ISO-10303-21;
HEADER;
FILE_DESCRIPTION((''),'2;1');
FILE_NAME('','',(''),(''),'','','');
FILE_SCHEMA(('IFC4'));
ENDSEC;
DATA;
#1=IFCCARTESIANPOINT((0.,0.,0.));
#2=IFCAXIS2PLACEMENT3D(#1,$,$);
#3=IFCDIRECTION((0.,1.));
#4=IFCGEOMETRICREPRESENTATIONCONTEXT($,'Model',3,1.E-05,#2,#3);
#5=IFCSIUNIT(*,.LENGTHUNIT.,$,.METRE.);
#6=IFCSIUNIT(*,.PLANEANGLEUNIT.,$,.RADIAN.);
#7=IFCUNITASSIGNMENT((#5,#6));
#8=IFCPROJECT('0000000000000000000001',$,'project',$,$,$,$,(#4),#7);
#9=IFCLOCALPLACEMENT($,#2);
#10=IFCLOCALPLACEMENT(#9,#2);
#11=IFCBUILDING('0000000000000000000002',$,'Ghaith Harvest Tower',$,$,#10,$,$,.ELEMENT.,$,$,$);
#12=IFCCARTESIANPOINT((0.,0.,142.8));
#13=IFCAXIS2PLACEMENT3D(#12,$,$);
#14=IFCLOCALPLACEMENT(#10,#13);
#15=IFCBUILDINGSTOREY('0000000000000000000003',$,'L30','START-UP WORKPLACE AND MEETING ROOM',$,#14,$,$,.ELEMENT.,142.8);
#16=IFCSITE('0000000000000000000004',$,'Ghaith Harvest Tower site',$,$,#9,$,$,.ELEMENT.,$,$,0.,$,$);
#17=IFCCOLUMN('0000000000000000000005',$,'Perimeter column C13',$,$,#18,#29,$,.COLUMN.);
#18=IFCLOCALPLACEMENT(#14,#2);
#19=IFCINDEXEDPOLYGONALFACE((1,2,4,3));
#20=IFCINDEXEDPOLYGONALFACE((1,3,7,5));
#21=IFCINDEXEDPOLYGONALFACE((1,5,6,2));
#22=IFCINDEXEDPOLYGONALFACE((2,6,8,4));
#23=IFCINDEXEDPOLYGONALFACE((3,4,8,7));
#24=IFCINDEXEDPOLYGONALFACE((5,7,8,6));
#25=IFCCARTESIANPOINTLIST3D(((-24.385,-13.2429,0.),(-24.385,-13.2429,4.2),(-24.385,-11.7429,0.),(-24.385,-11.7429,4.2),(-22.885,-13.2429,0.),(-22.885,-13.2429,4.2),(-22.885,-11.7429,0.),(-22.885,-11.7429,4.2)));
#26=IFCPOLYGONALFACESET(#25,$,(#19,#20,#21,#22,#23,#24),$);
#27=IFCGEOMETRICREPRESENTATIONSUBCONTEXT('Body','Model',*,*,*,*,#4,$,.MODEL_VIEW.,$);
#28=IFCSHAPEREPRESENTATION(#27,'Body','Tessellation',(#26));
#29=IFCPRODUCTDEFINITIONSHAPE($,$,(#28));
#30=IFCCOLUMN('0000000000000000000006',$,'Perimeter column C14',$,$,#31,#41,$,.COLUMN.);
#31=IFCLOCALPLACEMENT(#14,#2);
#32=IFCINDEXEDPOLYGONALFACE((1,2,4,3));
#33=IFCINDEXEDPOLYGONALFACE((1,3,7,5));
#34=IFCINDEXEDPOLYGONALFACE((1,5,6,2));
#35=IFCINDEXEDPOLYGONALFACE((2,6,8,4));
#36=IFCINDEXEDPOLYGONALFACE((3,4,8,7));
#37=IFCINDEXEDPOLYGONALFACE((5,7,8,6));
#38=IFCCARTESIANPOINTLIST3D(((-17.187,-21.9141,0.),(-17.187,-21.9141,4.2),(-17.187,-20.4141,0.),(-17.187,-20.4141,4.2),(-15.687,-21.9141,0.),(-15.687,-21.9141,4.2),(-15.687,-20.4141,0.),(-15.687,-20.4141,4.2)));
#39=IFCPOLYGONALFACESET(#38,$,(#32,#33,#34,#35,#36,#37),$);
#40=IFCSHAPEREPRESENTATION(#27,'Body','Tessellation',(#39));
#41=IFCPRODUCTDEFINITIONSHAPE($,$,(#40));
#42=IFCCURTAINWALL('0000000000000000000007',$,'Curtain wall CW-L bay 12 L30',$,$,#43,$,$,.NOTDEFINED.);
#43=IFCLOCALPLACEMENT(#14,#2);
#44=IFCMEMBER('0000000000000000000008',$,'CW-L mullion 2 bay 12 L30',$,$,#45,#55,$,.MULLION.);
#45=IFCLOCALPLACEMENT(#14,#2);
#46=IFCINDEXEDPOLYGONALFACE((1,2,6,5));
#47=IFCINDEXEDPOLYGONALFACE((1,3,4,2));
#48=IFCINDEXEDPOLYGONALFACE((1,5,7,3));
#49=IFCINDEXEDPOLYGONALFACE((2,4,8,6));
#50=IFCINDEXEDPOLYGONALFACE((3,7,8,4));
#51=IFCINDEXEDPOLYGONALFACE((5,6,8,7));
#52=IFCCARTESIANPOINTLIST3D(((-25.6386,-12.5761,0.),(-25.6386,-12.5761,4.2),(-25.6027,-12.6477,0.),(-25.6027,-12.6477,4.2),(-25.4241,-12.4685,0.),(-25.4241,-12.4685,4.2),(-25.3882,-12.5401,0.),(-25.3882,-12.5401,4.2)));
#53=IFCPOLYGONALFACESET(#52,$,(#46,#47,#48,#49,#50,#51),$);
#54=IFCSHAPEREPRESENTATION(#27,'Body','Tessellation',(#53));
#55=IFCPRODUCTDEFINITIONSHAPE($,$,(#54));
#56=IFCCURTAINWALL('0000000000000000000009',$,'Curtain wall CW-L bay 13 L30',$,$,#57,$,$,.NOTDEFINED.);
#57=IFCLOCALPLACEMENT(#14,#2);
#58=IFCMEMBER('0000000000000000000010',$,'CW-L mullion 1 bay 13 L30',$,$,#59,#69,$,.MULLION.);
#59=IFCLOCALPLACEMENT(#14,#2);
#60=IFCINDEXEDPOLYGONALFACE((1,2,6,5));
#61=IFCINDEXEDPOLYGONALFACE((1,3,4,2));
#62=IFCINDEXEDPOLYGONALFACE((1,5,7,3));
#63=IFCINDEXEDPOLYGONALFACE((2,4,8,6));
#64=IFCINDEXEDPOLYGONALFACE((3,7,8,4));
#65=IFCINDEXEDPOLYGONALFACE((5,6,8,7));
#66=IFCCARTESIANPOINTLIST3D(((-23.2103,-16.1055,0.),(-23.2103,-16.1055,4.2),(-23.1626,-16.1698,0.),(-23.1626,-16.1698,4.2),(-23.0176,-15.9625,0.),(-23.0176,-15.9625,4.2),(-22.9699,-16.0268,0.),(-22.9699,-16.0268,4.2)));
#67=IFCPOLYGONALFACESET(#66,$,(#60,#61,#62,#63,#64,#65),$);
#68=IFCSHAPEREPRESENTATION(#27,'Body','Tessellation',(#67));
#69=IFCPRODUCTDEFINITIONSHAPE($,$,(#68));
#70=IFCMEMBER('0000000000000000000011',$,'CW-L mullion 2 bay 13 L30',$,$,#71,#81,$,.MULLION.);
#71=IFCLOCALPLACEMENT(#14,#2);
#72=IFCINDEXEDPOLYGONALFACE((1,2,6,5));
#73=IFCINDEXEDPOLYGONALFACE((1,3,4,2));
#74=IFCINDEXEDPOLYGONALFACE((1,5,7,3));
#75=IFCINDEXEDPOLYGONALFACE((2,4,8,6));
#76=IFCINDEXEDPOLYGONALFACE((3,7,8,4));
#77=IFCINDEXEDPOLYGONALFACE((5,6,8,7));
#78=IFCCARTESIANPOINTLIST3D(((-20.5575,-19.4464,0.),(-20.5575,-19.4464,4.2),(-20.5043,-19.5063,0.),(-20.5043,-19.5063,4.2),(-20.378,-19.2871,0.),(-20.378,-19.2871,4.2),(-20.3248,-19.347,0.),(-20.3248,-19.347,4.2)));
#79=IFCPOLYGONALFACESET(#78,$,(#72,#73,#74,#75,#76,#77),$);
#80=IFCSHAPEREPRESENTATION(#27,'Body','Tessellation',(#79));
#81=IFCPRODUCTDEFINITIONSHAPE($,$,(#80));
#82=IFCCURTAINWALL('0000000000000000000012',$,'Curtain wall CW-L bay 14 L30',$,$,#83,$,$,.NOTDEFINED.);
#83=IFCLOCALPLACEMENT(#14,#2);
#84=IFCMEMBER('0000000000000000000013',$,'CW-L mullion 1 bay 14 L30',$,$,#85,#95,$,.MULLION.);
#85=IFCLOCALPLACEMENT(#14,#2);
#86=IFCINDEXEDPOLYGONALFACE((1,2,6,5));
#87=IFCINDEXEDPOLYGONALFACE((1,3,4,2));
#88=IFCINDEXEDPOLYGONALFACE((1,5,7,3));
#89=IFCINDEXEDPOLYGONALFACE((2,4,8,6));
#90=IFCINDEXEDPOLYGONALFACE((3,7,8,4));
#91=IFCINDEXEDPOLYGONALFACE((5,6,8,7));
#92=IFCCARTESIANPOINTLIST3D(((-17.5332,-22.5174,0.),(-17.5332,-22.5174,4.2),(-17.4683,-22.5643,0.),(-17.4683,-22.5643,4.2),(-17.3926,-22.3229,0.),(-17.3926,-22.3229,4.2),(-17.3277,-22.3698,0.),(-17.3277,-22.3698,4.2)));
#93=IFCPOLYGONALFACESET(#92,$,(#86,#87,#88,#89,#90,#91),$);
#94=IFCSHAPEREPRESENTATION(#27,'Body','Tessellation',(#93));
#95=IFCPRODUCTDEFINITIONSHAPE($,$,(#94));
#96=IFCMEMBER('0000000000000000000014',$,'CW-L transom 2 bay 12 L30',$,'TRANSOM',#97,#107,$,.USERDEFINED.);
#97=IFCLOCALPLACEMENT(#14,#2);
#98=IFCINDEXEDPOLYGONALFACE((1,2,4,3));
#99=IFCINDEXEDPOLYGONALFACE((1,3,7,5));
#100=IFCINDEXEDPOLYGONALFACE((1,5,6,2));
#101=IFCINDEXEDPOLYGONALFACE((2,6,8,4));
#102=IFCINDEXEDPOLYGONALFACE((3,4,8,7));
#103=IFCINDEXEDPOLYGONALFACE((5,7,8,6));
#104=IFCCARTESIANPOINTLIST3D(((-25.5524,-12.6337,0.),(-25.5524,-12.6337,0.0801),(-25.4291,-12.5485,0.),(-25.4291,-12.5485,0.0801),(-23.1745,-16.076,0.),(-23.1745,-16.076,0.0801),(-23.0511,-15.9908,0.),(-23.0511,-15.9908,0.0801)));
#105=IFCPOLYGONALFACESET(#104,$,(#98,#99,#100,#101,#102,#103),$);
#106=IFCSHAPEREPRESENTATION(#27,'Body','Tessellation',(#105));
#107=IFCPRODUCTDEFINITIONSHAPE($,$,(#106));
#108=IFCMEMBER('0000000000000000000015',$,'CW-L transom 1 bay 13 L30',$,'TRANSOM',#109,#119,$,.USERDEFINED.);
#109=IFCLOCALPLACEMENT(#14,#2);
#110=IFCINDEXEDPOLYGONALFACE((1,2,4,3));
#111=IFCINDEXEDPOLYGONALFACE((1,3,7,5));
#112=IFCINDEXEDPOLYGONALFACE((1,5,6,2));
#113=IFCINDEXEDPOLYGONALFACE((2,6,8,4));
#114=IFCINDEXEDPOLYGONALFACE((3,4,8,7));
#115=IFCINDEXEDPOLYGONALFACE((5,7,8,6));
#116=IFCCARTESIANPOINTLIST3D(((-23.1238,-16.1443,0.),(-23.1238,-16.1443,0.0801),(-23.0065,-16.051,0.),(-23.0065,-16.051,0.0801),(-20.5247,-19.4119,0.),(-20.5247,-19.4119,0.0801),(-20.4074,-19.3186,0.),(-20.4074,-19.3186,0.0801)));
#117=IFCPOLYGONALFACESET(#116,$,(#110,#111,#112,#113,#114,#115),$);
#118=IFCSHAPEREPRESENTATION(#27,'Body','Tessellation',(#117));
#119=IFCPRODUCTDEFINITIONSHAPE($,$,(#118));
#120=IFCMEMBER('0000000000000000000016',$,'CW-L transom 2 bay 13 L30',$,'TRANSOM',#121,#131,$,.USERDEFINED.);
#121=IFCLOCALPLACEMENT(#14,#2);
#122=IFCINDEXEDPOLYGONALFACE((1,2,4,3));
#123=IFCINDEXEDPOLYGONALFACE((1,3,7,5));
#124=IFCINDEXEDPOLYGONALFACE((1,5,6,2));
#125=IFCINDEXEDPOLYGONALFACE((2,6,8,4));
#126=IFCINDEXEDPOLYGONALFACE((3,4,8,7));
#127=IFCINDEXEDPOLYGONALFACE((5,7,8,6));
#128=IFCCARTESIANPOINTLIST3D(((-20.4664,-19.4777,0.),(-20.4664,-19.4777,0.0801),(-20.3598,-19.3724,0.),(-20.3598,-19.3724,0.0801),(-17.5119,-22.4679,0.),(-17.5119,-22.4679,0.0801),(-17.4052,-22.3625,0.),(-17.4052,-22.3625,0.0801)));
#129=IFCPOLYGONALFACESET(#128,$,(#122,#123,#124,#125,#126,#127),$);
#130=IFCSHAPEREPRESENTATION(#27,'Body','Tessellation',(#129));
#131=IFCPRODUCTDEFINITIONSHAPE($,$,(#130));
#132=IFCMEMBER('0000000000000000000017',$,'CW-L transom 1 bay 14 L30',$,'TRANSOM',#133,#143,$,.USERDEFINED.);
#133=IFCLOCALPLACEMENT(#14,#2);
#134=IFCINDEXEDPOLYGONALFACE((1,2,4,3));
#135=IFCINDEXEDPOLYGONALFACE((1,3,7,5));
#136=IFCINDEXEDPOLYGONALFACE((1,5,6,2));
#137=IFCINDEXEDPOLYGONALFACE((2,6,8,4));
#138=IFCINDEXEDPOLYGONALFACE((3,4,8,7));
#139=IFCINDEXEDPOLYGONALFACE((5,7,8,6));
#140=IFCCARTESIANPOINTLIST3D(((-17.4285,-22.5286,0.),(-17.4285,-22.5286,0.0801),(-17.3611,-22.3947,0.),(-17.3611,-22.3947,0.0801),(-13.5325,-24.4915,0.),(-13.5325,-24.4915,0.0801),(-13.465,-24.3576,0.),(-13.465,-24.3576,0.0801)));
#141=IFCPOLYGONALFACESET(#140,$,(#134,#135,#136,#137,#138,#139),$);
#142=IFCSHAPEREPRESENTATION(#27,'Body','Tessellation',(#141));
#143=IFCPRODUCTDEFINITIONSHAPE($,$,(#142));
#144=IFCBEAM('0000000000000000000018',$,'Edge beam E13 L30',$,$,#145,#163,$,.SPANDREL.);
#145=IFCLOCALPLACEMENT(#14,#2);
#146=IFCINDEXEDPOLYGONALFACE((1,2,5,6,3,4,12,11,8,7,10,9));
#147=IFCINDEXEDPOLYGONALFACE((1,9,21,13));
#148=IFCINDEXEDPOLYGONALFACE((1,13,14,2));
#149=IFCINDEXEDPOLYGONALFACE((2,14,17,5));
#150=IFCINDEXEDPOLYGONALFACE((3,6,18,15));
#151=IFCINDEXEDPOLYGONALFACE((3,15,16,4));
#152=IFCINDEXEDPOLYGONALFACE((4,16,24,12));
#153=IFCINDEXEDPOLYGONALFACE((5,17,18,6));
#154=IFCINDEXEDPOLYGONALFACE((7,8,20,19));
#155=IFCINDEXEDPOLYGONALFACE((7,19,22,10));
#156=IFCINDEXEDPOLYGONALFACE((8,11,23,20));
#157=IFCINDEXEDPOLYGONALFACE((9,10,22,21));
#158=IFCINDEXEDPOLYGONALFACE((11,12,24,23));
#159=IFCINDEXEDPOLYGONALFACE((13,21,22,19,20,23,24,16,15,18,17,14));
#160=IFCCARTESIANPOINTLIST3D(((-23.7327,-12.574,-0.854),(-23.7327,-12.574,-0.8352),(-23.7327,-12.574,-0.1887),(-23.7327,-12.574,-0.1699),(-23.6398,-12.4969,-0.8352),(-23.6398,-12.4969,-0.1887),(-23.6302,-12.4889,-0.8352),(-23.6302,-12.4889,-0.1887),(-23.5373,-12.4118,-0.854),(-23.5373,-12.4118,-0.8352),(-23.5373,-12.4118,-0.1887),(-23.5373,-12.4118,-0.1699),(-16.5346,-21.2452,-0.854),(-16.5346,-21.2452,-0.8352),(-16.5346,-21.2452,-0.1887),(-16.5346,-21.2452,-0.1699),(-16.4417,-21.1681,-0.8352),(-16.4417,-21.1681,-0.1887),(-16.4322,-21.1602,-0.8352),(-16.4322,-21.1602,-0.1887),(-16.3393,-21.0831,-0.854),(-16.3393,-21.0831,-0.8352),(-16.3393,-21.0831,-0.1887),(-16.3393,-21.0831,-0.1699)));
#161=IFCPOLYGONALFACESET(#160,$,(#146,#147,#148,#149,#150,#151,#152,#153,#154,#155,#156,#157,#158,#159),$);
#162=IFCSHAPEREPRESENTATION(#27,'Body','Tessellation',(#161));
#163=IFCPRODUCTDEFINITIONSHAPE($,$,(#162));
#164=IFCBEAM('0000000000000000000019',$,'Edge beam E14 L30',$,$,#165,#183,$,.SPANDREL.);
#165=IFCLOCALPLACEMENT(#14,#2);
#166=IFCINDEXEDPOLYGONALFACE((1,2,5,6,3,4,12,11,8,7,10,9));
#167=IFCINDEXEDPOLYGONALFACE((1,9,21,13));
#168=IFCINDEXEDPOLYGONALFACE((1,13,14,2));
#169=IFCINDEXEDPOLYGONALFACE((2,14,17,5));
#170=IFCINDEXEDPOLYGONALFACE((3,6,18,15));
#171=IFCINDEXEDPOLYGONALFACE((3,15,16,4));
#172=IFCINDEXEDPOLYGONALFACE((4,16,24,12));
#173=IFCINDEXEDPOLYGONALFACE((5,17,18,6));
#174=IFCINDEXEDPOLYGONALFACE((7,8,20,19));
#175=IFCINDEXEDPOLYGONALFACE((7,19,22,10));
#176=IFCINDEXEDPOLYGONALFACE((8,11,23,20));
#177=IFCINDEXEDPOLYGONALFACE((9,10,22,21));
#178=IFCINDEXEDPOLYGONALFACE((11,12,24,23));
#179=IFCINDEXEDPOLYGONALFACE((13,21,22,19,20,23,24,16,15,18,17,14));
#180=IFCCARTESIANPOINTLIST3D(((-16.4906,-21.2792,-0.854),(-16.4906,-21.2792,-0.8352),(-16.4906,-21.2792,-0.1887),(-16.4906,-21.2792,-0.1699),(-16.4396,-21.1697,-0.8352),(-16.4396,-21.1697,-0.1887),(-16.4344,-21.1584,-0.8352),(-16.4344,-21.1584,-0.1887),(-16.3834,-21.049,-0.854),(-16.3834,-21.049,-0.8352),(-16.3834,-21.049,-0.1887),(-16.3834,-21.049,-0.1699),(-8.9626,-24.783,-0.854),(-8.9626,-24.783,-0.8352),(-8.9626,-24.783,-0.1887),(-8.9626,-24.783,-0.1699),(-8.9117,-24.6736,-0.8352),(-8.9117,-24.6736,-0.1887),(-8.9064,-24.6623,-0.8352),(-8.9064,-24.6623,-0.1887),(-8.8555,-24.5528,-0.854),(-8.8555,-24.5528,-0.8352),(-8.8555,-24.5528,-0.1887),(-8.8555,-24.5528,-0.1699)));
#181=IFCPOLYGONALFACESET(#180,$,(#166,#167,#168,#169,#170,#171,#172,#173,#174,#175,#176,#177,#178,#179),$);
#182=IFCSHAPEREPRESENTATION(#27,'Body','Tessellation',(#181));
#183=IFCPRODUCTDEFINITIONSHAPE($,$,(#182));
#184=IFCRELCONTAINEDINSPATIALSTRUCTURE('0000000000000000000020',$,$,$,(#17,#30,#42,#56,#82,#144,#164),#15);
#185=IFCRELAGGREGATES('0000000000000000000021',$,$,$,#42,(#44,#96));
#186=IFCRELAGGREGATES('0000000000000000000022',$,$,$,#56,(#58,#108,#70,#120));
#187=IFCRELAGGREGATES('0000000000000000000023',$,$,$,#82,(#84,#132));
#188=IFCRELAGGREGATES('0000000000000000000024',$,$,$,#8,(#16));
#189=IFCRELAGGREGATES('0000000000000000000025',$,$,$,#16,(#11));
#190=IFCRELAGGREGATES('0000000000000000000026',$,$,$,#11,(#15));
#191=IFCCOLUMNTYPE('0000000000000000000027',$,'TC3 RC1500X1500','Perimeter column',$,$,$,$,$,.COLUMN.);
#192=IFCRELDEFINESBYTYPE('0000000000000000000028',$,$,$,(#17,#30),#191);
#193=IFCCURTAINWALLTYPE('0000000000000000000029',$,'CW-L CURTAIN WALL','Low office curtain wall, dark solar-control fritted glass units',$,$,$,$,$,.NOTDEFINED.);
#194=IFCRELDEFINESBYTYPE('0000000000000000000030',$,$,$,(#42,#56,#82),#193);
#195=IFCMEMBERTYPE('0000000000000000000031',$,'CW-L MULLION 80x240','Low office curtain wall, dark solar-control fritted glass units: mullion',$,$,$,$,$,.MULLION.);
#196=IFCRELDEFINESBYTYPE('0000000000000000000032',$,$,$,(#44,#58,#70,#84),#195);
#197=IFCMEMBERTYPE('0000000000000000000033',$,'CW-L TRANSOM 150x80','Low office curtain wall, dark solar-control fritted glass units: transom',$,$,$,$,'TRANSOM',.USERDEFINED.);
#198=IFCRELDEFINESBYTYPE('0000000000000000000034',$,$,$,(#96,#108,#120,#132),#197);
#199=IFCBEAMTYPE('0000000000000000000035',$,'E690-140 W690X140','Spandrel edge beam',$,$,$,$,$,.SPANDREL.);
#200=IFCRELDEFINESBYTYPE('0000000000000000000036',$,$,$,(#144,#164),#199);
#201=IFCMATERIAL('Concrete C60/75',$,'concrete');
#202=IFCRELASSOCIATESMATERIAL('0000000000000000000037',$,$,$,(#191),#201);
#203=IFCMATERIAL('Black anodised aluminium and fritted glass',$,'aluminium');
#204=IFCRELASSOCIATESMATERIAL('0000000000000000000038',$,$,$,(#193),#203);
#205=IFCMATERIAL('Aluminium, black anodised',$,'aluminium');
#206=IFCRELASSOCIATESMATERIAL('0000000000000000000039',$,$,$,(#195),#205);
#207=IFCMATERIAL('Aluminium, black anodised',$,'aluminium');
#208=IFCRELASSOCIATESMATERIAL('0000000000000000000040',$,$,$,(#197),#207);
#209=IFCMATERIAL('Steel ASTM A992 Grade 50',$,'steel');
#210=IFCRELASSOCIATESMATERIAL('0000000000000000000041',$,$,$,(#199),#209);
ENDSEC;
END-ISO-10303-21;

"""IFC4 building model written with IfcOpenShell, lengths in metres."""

from ifc_helpers import new_model, si_unit, direction, frame, origin, origin_2d, place, context, subcontext, project, spatial, rectangle, i_section, extrude, material, material_profile, profile_set, type_object, element, aggregate, save


model = new_model("IFC4")

# Units and contexts
model_context = context("Model", 3, precision=1e-05, world=origin(), true_north=direction((0.0, 1.0)))
body_context = subcontext(model_context, "Body", "Model", "MODEL_VIEW")
ifc_project = project(units=[si_unit("LENGTHUNIT", "METRE"), si_unit("PLANEANGLEUNIT", "RADIAN")], contexts=[model_context])

# Site, building, storey
site_placement = place(None, origin())
site = spatial("IfcSite", under=ifc_project, at=site_placement, Name="Ghaith Harvest Tower site", CompositionType="ELEMENT", RefElevation=0.0)
building_placement = place(site_placement, origin())
building = spatial("IfcBuilding", under=site, at=building_placement, Name="Ghaith Harvest Tower", CompositionType="ELEMENT")
storey_placement = place(building_placement, frame((0.0, 0.0, 142.8)))
storey = spatial("IfcBuildingStorey", under=building, at=storey_placement, Name="L30", Description="START-UP WORKPLACE AND MEETING ROOM", CompositionType="ELEMENT", Elevation=142.8)

# Columns
ifc_material_1 = material(Name="Concrete C60/75", Category="concrete")
ifc_material_profile_1 = material_profile(ifc_material_1, rectangle(XDim=1.5, YDim=1.5, at=origin_2d()), Name="RC1500X1500")
ifc_profile_set_1 = profile_set([ifc_material_profile_1], Name="Concrete C60/75")
column_type = type_object("IfcColumnType", Name="TC3 RC1500X1500", Description="Perimeter column", PredefinedType="COLUMN", material=ifc_profile_set_1)
for number, where, z_axis, x_axis, name in (
    (1, (-23.635, -12.4929, 0.0), (0.0, 0.0, 1.0), (1.0, 0.0, 0.0), "Perimeter column C13"),
    (2, (-16.437, -21.1641, 0.0), (0.0, 0.0, 1.0), (1.0, 0.0, 0.0), "Perimeter column C14"),
):
    element("IfcColumn", number, at=place(storey_placement, frame(where, z_axis=z_axis, x_axis=x_axis)), inside=storey, type_object=column_type, Name=name, PredefinedType="COLUMN", context=body_context, shape_type="SweptSolid", body=[
        extrude(rectangle(XDim=1.5, YDim=1.5, at=origin_2d()), origin(), (0.0, 0.0, 1.0), 4.2),
    ])

# Curtain wall, member
ifc_material_2 = material(Name="Black anodised aluminium and fritted glass", Category="aluminium")
curtain_wall_type = type_object("IfcCurtainWallType", Name="CW-L CURTAIN WALL", Description="Low office curtain wall, dark solar-control fritted glass units", PredefinedType="NOTDEFINED", material=ifc_material_2)
curtain_wall_1_placement = place(storey_placement, origin())
curtain_wall_1 = element("IfcCurtainWall", 3, at=curtain_wall_1_placement, inside=storey, type_object=curtain_wall_type, Name="Curtain wall CW-L bay 12 L30", PredefinedType="NOTDEFINED")
ifc_material_3 = material(Name="Aluminium, black anodised", Category="aluminium")
ifc_material_profile_2 = material_profile(ifc_material_3, rectangle(XDim=0.0801, YDim=0.24, at=origin_2d()), Name="CW-L MULLION 80x240")
ifc_profile_set_2 = profile_set([ifc_material_profile_2], Name="Aluminium, black anodised")
member_type_1 = type_object("IfcMemberType", Name="CW-L MULLION 80x240", Description="Low office curtain wall, dark solar-control fritted glass units: mullion", PredefinedType="MULLION", material=ifc_profile_set_2)
member_1_placement = place(storey_placement, frame((-25.5134, -12.5581, 0.0), z_axis=(0.0, 0.0, 1.0), x_axis=(0.448267, -0.8939, 0.0)))
member_1 = element("IfcMember", 4, at=member_1_placement, type_object=member_type_1, Name="CW-L mullion 2 bay 12 L30", PredefinedType="MULLION", context=body_context, shape_type="SweptSolid", body=[
    extrude(rectangle(XDim=0.0801, YDim=0.24, at=origin_2d()), origin(), (0.0, 0.0, 1.0), 4.2),
])

# Curtain wall, members
curtain_wall_2_placement = place(storey_placement, origin())
curtain_wall_2 = element("IfcCurtainWall", 5, at=curtain_wall_2_placement, inside=storey, type_object=curtain_wall_type, Name="Curtain wall CW-L bay 13 L30", PredefinedType="NOTDEFINED")
member_2_placement = place(storey_placement, frame((-23.0901, -16.0662, 0.0), z_axis=(0.0, 0.0, 1.0), x_axis=(0.59574, -0.803177, 0.0)))
member_2 = element("IfcMember", 6, at=member_2_placement, type_object=member_type_1, Name="CW-L mullion 1 bay 13 L30", PredefinedType="MULLION", context=body_context, shape_type="SweptSolid", body=[
    extrude(rectangle(XDim=0.0801, YDim=0.24, at=origin_2d()), origin(), (0.0, 0.0, 1.0), 4.2),
])
member_3_placement = place(storey_placement, frame((-20.4412, -19.3967, 0.0), z_axis=(0.0, 0.0, 1.0), x_axis=(0.663765, -0.747941, 0.0)))
member_3 = element("IfcMember", 7, at=member_3_placement, type_object=member_type_1, Name="CW-L mullion 2 bay 13 L30", PredefinedType="MULLION", context=body_context, shape_type="SweptSolid", body=[
    extrude(rectangle(XDim=0.0801, YDim=0.24, at=origin_2d()), origin(), (0.0, 0.0, 1.0), 4.2),
])

# Curtain wall, member
curtain_wall_3_placement = place(storey_placement, origin())
curtain_wall_3 = element("IfcCurtainWall", 8, at=curtain_wall_3_placement, inside=storey, type_object=curtain_wall_type, Name="Curtain wall CW-L bay 14 L30", PredefinedType="NOTDEFINED")
member_4_placement = place(storey_placement, frame((-17.4304, -22.4436, 0.0), z_axis=(0.0, 0.0, 1.0), x_axis=(0.810339, -0.585961, 0.0)))
member_4 = element("IfcMember", 9, at=member_4_placement, type_object=member_type_1, Name="CW-L mullion 1 bay 14 L30", PredefinedType="MULLION", context=body_context, shape_type="SweptSolid", body=[
    extrude(rectangle(XDim=0.0801, YDim=0.24, at=origin_2d()), origin(), (0.0, 0.0, 1.0), 4.2),
])

# Members
ifc_material_4 = material(Name="Aluminium, black anodised", Category="aluminium")
ifc_material_profile_3 = material_profile(ifc_material_4, rectangle(XDim=0.1499, YDim=0.0801, at=origin_2d()), Name="CW-L TRANSOM 150x80")
ifc_profile_set_3 = profile_set([ifc_material_profile_3], Name="Aluminium, black anodised")
member_type_2 = type_object("IfcMemberType", Name="CW-L TRANSOM 150x80", Description="Low office curtain wall, dark solar-control fritted glass units: transom", ElementType="TRANSOM", PredefinedType="USERDEFINED", material=ifc_profile_set_3)
member_5_placement = place(storey_placement, frame((-25.4907, -12.5911, 0.04), z_axis=(0.56836, -0.82278, 0.0), x_axis=(0.82278, 0.56836, 0.0)))
member_5 = element("IfcMember", 10, at=member_5_placement, type_object=member_type_2, Name="CW-L transom 2 bay 12 L30", ObjectType="TRANSOM", PredefinedType="USERDEFINED", context=body_context, shape_type="SweptSolid", body=[
    extrude(rectangle(XDim=0.1499, YDim=0.0801, at=origin_2d()), origin(), (0.0, 0.0, 1.0), 4.1838),
])
member_6_placement = place(storey_placement, frame((-23.0652, -16.0977, 0.04), z_axis=(0.622511, -0.782611, 0.0), x_axis=(0.782611, 0.622511, 0.0)))
member_6 = element("IfcMember", 11, at=member_6_placement, type_object=member_type_2, Name="CW-L transom 1 bay 13 L30", ObjectType="TRANSOM", PredefinedType="USERDEFINED", context=body_context, shape_type="SweptSolid", body=[
    extrude(rectangle(XDim=0.1499, YDim=0.0801, at=origin_2d()), origin(), (0.0, 0.0, 1.0), 4.1753),
])
member_7_placement = place(storey_placement, frame((-20.4131, -19.425, 0.04), z_axis=(0.702854, -0.711334, 0.0), x_axis=(0.711334, 0.702854, 0.0)))
member_7 = element("IfcMember", 12, at=member_7_placement, type_object=member_type_2, Name="CW-L transom 2 bay 13 L30", ObjectType="TRANSOM", PredefinedType="USERDEFINED", context=body_context, shape_type="SweptSolid", body=[
    extrude(rectangle(XDim=0.1499, YDim=0.0801, at=origin_2d()), origin(), (0.0, 0.0, 1.0), 4.2036),
])
member_8_placement = place(storey_placement, frame((-17.3948, -22.4617, 0.04), z_axis=(0.893058, -0.449943, 0.0), x_axis=(0.449943, 0.893058, 0.0)))
member_8 = element("IfcMember", 13, at=member_8_placement, type_object=member_type_2, Name="CW-L transom 1 bay 14 L30", ObjectType="TRANSOM", PredefinedType="USERDEFINED", context=body_context, shape_type="SweptSolid", body=[
    extrude(rectangle(XDim=0.1499, YDim=0.0801, at=origin_2d()), origin(), (0.0, 0.0, 1.0), 4.3625),
])

# Beams
ifc_material_5 = material(Name="Steel ASTM A992 Grade 50", Category="steel")
ifc_material_profile_4 = material_profile(ifc_material_5, i_section(OverallWidth=0.2539, OverallDepth=0.6841, WebThickness=0.0125, FlangeThickness=0.0188, at=origin_2d()), Name="W690X140")
ifc_profile_set_4 = profile_set([ifc_material_profile_4], Name="Steel ASTM A992 Grade 50")
beam_type = type_object("IfcBeamType", Name="E690-140 W690X140", Description="Spandrel edge beam", PredefinedType="SPANDREL", material=ifc_profile_set_4)
beam_1_placement = place(storey_placement, frame((-23.635, -12.4929, -0.512), z_axis=(0.638719, -0.76944, 0.0), x_axis=(0.76944, 0.638719, 0.0)))
element("IfcBeam", 14, at=beam_1_placement, inside=storey, type_object=beam_type, Name="Edge beam E13 L30", PredefinedType="SPANDREL", context=body_context, shape_type="SweptSolid", body=[
    extrude(i_section(OverallWidth=0.2539, OverallDepth=0.6841, WebThickness=0.0125, FlangeThickness=0.0188, at=origin_2d()), origin(), (0.0, 0.0, 1.0), 11.2695),
])
beam_2_placement = place(storey_placement, frame((-16.437, -21.1641, -0.512), z_axis=(0.906607, -0.421976, 0.0), x_axis=(0.421976, 0.906607, 0.0)))
element("IfcBeam", 15, at=beam_2_placement, inside=storey, type_object=beam_type, Name="Edge beam E14 L30", PredefinedType="SPANDREL", context=body_context, shape_type="SweptSolid", body=[
    extrude(i_section(OverallWidth=0.2539, OverallDepth=0.6841, WebThickness=0.0125, FlangeThickness=0.0188, at=origin_2d()), origin(), (0.0, 0.0, 1.0), 8.3035),
])

aggregate(curtain_wall_1, [member_1, member_5])
aggregate(curtain_wall_2, [member_2, member_6, member_3, member_7])
aggregate(curtain_wall_3, [member_4, member_8])

save(model, "model.ifc")
